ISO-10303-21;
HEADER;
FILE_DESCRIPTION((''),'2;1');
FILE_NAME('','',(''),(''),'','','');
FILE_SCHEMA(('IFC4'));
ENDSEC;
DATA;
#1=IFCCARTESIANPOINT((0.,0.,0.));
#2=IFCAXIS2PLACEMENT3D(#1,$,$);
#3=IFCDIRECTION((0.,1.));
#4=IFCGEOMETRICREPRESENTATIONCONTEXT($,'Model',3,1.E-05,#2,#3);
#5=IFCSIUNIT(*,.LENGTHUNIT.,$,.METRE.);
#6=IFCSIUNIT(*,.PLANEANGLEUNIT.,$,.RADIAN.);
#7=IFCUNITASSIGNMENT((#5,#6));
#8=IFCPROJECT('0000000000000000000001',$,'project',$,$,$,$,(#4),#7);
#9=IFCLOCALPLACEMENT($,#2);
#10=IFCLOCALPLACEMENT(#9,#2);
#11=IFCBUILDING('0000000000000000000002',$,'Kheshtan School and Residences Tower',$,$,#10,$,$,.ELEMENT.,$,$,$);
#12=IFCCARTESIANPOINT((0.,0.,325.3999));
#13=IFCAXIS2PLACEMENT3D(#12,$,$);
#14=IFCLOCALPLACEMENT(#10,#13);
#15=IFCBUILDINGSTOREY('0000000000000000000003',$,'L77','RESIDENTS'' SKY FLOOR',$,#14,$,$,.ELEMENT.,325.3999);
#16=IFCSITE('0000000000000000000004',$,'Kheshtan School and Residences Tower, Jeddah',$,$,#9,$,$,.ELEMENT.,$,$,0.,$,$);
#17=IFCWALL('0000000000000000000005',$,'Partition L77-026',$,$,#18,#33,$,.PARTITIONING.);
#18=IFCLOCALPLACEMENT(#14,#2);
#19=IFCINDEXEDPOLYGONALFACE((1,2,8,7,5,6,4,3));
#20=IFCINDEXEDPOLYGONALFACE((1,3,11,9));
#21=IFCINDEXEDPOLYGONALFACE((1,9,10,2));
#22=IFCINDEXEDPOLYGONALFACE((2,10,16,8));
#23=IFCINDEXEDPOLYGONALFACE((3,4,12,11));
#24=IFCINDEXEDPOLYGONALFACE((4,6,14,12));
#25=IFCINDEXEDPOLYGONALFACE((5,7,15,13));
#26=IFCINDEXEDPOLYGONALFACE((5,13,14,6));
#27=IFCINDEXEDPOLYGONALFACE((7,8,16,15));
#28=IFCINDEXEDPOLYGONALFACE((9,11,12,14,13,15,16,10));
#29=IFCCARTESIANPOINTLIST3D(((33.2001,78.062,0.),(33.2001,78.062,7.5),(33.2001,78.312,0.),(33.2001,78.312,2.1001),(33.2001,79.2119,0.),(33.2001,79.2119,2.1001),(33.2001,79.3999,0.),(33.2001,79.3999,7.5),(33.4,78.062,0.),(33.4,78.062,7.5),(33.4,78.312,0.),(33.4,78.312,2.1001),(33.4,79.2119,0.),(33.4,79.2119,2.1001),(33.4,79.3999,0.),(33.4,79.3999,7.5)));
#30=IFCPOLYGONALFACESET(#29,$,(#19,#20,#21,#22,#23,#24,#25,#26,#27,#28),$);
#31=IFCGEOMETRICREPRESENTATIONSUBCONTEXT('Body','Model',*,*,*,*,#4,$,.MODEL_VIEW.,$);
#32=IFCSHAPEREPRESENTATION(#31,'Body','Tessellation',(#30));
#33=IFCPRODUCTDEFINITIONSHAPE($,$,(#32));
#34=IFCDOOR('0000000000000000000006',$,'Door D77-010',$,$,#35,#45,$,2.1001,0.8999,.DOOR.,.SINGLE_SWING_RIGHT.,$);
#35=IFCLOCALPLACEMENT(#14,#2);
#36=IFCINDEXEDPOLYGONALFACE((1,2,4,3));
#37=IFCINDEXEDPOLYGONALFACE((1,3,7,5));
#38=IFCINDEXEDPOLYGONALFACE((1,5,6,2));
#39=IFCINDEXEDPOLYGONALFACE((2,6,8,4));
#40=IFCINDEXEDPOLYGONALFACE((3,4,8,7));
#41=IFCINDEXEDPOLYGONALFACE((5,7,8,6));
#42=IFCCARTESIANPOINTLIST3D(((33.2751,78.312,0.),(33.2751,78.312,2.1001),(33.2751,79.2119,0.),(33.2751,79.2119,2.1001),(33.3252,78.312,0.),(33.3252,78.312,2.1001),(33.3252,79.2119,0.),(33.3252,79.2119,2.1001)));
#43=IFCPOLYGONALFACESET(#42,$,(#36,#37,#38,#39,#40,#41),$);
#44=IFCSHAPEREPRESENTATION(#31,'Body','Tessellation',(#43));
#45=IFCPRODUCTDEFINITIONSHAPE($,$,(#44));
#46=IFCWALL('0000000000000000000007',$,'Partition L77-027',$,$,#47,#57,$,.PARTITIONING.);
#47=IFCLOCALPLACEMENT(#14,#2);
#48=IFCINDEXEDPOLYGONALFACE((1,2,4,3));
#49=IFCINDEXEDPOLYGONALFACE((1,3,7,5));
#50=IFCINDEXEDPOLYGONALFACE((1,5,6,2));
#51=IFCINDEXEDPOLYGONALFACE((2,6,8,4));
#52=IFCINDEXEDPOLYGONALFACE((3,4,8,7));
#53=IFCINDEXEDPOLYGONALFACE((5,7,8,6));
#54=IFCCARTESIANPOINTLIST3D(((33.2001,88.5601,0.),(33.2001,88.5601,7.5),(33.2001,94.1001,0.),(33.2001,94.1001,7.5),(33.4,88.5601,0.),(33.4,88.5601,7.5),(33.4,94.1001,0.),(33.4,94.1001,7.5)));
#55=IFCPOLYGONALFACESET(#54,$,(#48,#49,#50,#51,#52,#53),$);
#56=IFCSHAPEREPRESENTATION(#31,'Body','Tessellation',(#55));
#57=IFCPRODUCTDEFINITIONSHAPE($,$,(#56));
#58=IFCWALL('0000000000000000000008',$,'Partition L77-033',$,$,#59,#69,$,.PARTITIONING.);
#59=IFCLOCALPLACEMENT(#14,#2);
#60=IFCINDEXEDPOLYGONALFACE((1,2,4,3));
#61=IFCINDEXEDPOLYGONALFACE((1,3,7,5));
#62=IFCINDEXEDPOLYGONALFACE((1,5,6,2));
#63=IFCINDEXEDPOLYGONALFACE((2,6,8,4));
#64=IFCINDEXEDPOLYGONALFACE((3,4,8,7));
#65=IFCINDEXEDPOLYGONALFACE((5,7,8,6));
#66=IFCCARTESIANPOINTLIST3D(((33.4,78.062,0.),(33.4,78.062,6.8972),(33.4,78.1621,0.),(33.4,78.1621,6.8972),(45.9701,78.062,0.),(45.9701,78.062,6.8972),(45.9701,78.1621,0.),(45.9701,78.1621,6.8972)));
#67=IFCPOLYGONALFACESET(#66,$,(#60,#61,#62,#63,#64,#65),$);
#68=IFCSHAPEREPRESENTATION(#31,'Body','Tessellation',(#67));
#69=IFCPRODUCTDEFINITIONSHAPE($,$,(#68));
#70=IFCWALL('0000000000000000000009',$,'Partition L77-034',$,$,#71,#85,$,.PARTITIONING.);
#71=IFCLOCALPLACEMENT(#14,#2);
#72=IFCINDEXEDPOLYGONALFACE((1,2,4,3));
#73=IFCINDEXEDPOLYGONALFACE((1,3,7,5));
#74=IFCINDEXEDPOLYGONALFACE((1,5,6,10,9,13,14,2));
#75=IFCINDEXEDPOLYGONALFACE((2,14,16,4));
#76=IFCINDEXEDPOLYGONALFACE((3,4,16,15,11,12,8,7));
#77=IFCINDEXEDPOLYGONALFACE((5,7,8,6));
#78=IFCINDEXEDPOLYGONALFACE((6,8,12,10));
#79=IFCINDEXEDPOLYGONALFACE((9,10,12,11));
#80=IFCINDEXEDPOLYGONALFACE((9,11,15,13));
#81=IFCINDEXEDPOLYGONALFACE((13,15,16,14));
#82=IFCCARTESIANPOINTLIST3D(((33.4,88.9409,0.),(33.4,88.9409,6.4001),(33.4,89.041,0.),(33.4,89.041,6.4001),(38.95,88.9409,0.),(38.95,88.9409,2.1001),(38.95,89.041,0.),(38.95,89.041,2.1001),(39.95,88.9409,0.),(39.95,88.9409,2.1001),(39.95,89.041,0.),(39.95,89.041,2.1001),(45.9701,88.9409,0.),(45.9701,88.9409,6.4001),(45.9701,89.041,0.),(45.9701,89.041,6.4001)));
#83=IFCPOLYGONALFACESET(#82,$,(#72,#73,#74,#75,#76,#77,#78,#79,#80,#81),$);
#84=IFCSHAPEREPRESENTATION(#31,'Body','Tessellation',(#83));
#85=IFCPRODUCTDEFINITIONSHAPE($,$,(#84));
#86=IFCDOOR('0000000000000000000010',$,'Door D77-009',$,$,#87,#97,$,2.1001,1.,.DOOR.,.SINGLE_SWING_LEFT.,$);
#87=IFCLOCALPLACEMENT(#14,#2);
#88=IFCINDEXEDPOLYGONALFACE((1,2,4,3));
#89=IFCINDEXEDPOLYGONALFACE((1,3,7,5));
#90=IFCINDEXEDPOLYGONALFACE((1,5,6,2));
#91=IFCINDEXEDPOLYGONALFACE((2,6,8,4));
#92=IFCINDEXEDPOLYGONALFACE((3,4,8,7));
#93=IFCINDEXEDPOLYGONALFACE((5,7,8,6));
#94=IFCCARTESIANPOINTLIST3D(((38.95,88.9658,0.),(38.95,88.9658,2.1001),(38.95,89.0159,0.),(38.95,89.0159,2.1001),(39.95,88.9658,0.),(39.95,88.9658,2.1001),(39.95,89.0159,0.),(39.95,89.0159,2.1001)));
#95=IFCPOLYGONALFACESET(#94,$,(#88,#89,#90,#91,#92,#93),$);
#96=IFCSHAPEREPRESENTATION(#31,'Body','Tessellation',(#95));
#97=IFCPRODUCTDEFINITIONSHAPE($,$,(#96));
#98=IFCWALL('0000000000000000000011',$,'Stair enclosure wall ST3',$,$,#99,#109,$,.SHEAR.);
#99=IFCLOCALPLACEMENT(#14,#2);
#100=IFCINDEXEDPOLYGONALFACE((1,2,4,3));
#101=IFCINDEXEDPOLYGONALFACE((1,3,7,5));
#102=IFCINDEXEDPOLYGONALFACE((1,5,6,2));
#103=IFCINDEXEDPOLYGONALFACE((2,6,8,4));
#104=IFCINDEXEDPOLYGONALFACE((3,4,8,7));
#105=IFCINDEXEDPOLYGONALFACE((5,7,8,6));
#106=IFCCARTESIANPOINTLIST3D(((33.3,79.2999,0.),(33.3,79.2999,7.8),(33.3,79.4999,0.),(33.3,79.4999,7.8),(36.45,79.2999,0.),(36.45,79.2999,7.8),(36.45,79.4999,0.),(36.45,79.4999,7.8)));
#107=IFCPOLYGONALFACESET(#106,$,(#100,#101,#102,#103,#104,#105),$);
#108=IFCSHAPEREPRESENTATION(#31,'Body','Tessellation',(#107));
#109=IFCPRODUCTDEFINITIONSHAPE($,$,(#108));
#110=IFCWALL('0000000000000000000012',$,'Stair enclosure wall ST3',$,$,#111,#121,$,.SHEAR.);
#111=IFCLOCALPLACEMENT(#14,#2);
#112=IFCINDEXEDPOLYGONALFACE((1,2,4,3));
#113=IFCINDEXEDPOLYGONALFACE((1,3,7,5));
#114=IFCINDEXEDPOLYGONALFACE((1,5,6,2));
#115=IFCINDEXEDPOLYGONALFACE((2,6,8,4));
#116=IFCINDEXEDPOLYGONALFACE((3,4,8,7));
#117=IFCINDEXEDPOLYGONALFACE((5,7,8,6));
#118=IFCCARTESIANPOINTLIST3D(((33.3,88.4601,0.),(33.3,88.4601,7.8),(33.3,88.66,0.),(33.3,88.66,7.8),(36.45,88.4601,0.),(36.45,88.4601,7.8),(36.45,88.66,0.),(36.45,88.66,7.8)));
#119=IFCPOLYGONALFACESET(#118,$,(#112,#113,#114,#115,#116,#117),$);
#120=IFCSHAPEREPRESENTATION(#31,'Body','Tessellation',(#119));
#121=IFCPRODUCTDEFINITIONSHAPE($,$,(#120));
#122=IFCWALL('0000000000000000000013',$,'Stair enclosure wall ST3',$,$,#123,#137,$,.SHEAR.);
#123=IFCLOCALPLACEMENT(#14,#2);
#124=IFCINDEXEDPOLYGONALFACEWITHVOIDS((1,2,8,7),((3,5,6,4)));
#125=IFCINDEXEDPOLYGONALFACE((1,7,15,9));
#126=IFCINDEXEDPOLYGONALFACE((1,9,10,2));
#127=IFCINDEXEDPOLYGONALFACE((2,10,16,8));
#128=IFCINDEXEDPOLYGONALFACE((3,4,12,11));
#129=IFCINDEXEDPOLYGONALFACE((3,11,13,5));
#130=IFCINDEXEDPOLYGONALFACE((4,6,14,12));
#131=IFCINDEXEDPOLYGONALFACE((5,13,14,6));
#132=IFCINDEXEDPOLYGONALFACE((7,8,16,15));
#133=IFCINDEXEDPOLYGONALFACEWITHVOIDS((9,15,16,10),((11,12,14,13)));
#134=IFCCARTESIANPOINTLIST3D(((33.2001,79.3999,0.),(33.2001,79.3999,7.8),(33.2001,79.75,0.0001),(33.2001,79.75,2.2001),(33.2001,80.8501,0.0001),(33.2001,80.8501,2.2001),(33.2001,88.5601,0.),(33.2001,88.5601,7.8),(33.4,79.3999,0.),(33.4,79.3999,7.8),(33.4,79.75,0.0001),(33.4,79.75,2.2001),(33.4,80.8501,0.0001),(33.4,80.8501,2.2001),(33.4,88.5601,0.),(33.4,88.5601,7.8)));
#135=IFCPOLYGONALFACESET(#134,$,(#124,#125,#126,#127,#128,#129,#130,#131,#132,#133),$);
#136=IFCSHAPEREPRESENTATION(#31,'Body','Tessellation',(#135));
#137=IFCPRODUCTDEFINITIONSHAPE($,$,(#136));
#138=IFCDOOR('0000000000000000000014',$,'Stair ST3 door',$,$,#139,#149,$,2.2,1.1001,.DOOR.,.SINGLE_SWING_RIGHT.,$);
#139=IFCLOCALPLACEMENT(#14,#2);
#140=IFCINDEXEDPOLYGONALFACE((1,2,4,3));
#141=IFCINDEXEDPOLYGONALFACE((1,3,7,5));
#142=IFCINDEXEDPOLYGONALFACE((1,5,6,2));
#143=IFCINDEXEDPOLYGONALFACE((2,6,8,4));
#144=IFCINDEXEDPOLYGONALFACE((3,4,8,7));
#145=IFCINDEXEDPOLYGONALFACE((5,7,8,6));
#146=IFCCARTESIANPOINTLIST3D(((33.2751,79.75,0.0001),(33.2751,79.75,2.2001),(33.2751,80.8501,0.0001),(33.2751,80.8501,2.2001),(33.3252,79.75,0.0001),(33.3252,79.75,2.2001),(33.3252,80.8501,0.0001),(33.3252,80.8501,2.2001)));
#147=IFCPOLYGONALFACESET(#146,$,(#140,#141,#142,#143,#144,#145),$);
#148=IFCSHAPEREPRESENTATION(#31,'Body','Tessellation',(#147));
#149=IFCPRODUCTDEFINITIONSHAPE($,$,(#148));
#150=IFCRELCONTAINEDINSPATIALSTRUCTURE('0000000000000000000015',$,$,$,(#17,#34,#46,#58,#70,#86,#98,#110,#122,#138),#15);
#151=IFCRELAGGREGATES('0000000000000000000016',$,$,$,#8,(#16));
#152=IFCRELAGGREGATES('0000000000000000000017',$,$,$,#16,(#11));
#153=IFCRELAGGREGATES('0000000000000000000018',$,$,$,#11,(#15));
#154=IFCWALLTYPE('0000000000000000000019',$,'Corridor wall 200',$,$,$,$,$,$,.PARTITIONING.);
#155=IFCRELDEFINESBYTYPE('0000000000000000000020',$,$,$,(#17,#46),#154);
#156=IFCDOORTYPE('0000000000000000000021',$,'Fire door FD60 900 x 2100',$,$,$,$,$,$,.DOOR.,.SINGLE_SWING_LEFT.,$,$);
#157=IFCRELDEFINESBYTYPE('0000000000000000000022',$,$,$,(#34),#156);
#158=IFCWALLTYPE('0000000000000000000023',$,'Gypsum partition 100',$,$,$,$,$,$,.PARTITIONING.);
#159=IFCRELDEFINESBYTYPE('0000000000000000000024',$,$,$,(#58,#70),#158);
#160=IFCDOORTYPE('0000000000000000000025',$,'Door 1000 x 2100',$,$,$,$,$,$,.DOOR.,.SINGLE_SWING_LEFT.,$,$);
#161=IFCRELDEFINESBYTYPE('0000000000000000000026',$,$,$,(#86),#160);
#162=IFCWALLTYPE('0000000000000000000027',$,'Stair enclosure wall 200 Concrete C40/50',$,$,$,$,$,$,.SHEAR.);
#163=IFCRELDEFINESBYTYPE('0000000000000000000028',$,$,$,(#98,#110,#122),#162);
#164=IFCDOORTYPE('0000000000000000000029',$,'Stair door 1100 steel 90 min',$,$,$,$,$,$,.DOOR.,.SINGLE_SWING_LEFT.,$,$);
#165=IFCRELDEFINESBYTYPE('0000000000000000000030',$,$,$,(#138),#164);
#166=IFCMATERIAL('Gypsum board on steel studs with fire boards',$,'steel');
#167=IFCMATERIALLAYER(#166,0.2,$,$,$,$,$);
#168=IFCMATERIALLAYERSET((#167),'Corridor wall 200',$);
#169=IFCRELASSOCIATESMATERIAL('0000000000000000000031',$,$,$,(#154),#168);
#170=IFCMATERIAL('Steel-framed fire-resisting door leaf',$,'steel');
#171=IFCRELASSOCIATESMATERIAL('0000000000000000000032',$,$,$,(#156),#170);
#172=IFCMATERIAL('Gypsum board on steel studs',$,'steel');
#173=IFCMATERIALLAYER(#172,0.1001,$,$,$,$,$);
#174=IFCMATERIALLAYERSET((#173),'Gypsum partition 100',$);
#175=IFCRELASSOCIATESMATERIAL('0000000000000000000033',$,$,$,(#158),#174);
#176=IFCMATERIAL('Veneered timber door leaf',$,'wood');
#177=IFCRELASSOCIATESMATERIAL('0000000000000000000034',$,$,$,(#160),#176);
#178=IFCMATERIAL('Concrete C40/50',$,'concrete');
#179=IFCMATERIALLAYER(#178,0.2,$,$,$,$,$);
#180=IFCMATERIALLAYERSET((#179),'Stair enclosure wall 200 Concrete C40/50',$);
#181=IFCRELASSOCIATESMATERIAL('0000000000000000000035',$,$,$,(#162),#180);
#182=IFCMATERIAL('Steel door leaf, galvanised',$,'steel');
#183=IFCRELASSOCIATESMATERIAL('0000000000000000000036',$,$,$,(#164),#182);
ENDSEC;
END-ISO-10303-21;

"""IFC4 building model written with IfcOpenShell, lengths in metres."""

from ifc_helpers import new_model, si_unit, direction, frame, frame_2d, origin, place, context, subcontext, project, spatial, rectangle, extrude, source, transform, mapped, material, layer, layer_set, type_object, element, fill, save


model = new_model("IFC4")

# Units and contexts
model_context = context("Model", 3, precision=1e-05, world=origin(), true_north=direction((0.0, 1.0)))
body_context = subcontext(model_context, "Body", "Model", "MODEL_VIEW")
ifc_project = project(units=[si_unit("LENGTHUNIT", "METRE"), si_unit("PLANEANGLEUNIT", "RADIAN")], contexts=[model_context])

# Site, building, storey
site_placement = place(None, origin())
site = spatial("IfcSite", under=ifc_project, at=site_placement, Name="Kheshtan School and Residences Tower, Jeddah", CompositionType="ELEMENT", RefElevation=0.0)
building_placement = place(site_placement, origin())
building = spatial("IfcBuilding", under=site, at=building_placement, Name="Kheshtan School and Residences Tower", CompositionType="ELEMENT")
storey_placement = place(building_placement, frame((0.0, 0.0, 325.3999)))
storey = spatial("IfcBuildingStorey", under=building, at=storey_placement, Name="L77", Description="RESIDENTS' SKY FLOOR", CompositionType="ELEMENT", Elevation=325.3999)

# Shared definitions
ifc_material_1 = material(Name="Gypsum board on steel studs with fire boards", Category="steel")
ifc_layer_1 = layer(ifc_material_1, 0.2)
ifc_layer_set_1 = layer_set([ifc_layer_1], Name="Corridor wall 200")
wall_type_1 = type_object("IfcWallType", Name="Corridor wall 200", PredefinedType="PARTITIONING", material=ifc_layer_set_1)

# Wall, opening, door
wall_1_placement = place(storey_placement, frame((33.3, 78.062, 0.0), z_axis=(0.0, 0.0, 1.0), x_axis=(0.0, 1.0, 0.0)))
wall_1 = element("IfcWall", 1, at=wall_1_placement, inside=storey, type_object=wall_type_1, Name="Partition L77-026", PredefinedType="PARTITIONING", context=body_context, shape_type="SweptSolid", body=[
    extrude(rectangle(XDim=1.3379, YDim=0.2, at=frame_2d((0.6689, 0.0))), origin(), (0.0, 0.0, 1.0), 7.5),
])
opening_1_placement = place(wall_1_placement, frame((0.25, 0.0, 0.0)))
opening_1 = element("IfcOpeningElement", 2, at=opening_1_placement, cuts=wall_1, PredefinedType="OPENING", context=body_context, shape_type="SweptSolid", body=[
    extrude(rectangle(XDim=0.8999, YDim=2.1001, at=frame_2d((0.45, 1.05))), frame((0.0, 0.1099, 0.0), z_axis=(0.0, -1.0, 0.0), x_axis=(1.0, 0.0, 0.0)), (0.0, 0.0, 1.0), 0.22),
])
ifc_material_2 = material(Name="Steel-framed fire-resisting door leaf", Category="steel")
door_type_1 = type_object("IfcDoorType", Name="Fire door FD60 900 x 2100", OperationType="SINGLE_SWING_LEFT", PredefinedType="DOOR", material=ifc_material_2)
shared_shape_1 = source(origin(), body_context, "Body", "SweptSolid", [
    extrude(rectangle(XDim=0.8999, YDim=2.1001, at=frame_2d((0.45, 1.05))), frame((0.0, 0.0249, 0.0), z_axis=(0.0, -1.0, 0.0), x_axis=(1.0, 0.0, 0.0)), (0.0, 0.0, 1.0), 0.05),
])
door_1_placement = place(opening_1_placement, origin())
door_1 = element("IfcDoor", 3, at=door_1_placement, inside=storey, type_object=door_type_1, Name="Door D77-010", OperationType="SINGLE_SWING_RIGHT", OverallHeight=2.1001, OverallWidth=0.8999, PredefinedType="DOOR", context=body_context, shape_type="MappedRepresentation", body=[
    mapped(shared_shape_1, transform((0.0, 0.0, 0.0), x_axis=(1.0, 0.0, 0.0), y_axis=(0.0, 1.0, 0.0), z_axis=(0.0, 0.0, 1.0), scale=1.0)),
])
fill(opening_1, door_1)

# Walls
wall_2_placement = place(storey_placement, frame((33.3, 88.5601, 0.0), z_axis=(0.0, 0.0, 1.0), x_axis=(0.0, 1.0, 0.0)))
element("IfcWall", 4, at=wall_2_placement, inside=storey, type_object=wall_type_1, Name="Partition L77-027", PredefinedType="PARTITIONING", context=body_context, shape_type="SweptSolid", body=[
    extrude(rectangle(XDim=5.54, YDim=0.2, at=frame_2d((2.77, 0.0))), origin(), (0.0, 0.0, 1.0), 7.5),
])
ifc_material_3 = material(Name="Gypsum board on steel studs", Category="steel")
ifc_layer_2 = layer(ifc_material_3, 0.1001)
ifc_layer_set_2 = layer_set([ifc_layer_2], Name="Gypsum partition 100")
wall_type_2 = type_object("IfcWallType", Name="Gypsum partition 100", PredefinedType="PARTITIONING", material=ifc_layer_set_2)
wall_3_placement = place(storey_placement, frame((33.3999, 78.1121, 0.0), z_axis=(0.0, 0.0, 1.0), x_axis=(1.0, 0.0, 0.0)))
element("IfcWall", 5, at=wall_3_placement, inside=storey, type_object=wall_type_2, Name="Partition L77-033", PredefinedType="PARTITIONING", context=body_context, shape_type="SweptSolid", body=[
    extrude(rectangle(XDim=12.5701, YDim=0.1001, at=frame_2d((6.2852, 0.0))), origin(), (0.0, 0.0, 1.0), 6.8972),
])

# Wall, opening, door
wall_4_placement = place(storey_placement, frame((33.3999, 88.991, 0.0), z_axis=(0.0, 0.0, 1.0), x_axis=(1.0, 0.0, 0.0)))
wall_4 = element("IfcWall", 6, at=wall_4_placement, inside=storey, type_object=wall_type_2, Name="Partition L77-034", PredefinedType="PARTITIONING", context=body_context, shape_type="SweptSolid", body=[
    extrude(rectangle(XDim=12.5701, YDim=0.1001, at=frame_2d((6.2852, 0.0))), origin(), (0.0, 0.0, 1.0), 6.4001),
])
opening_2_placement = place(wall_4_placement, frame((5.55, 0.0, 0.0)))
opening_2 = element("IfcOpeningElement", 7, at=opening_2_placement, cuts=wall_4, PredefinedType="OPENING", context=body_context, shape_type="SweptSolid", body=[
    extrude(rectangle(XDim=1.0, YDim=2.1001, at=frame_2d((0.5, 1.05))), frame((0.0, 0.0601, 0.0), z_axis=(0.0, -1.0, 0.0), x_axis=(1.0, 0.0, 0.0)), (0.0, 0.0, 1.0), 0.1201),
])
ifc_material_4 = material(Name="Veneered timber door leaf", Category="wood")
door_type_2 = type_object("IfcDoorType", Name="Door 1000 x 2100", OperationType="SINGLE_SWING_LEFT", PredefinedType="DOOR", material=ifc_material_4)
shared_shape_2 = source(origin(), body_context, "Body", "SweptSolid", [
    extrude(rectangle(XDim=1.0, YDim=2.1001, at=frame_2d((0.5, 1.05))), frame((0.0, 0.0249, 0.0), z_axis=(0.0, -1.0, 0.0), x_axis=(1.0, 0.0, 0.0)), (0.0, 0.0, 1.0), 0.05),
])
door_2_placement = place(opening_2_placement, origin())
door_2 = element("IfcDoor", 8, at=door_2_placement, inside=storey, type_object=door_type_2, Name="Door D77-009", OperationType="SINGLE_SWING_LEFT", OverallHeight=2.1001, OverallWidth=1.0, PredefinedType="DOOR", context=body_context, shape_type="MappedRepresentation", body=[
    mapped(shared_shape_2, transform((0.0, 0.0, 0.0), x_axis=(1.0, 0.0, 0.0), y_axis=(0.0, 1.0, 0.0), z_axis=(0.0, 0.0, 1.0), scale=1.0)),
])
fill(opening_2, door_2)

# Walls
ifc_material_5 = material(Name="Concrete C40/50", Category="concrete")
ifc_layer_3 = layer(ifc_material_5, 0.2)
ifc_layer_set_3 = layer_set([ifc_layer_3], Name="Stair enclosure wall 200 Concrete C40/50")
wall_type_3 = type_object("IfcWallType", Name="Stair enclosure wall 200 Concrete C40/50", PredefinedType="SHEAR", material=ifc_layer_set_3)
for number, where, z_axis, x_axis, name in (
    (9, (33.3, 79.3999, 0.0), (0.0, 0.0, 1.0), (1.0, 0.0, 0.0), "Stair enclosure wall ST3"),
    (10, (33.3, 88.5601, 0.0), (0.0, 0.0, 1.0), (1.0, 0.0, 0.0), "Stair enclosure wall ST3"),
):
    element("IfcWall", number, at=place(storey_placement, frame(where, z_axis=z_axis, x_axis=x_axis)), inside=storey, type_object=wall_type_3, Name=name, PredefinedType="SHEAR", context=body_context, shape_type="SweptSolid", body=[
        extrude(rectangle(XDim=3.1499, YDim=0.2, at=frame_2d((1.575, 0.0))), origin(), (0.0, 0.0, 1.0), 7.8),
    ])

# Wall, opening, door
wall_5_placement = place(storey_placement, frame((33.3, 79.3999, 0.0), z_axis=(0.0, 0.0, 1.0), x_axis=(0.0, 1.0, 0.0)))
wall_5 = element("IfcWall", 11, at=wall_5_placement, inside=storey, type_object=wall_type_3, Name="Stair enclosure wall ST3", PredefinedType="SHEAR", context=body_context, shape_type="SweptSolid", body=[
    extrude(rectangle(XDim=9.1602, YDim=0.2, at=frame_2d((4.5801, 0.0))), origin(), (0.0, 0.0, 1.0), 7.8),
])
opening_3_placement = place(wall_5_placement, frame((0.3501, 0.0, 0.0)))
opening_3 = element("IfcOpeningElement", 12, at=opening_3_placement, cuts=wall_5, PredefinedType="OPENING", context=body_context, shape_type="SweptSolid", body=[
    extrude(rectangle(XDim=1.1001, YDim=2.2, at=frame_2d((0.55, 1.1001))), frame((0.0, 0.1099, 0.0), z_axis=(0.0, -1.0, 0.0), x_axis=(1.0, 0.0, 0.0)), (0.0, 0.0, 1.0), 0.22),
])
ifc_material_6 = material(Name="Steel door leaf, galvanised", Category="steel")
door_type_3 = type_object("IfcDoorType", Name="Stair door 1100 steel 90 min", OperationType="SINGLE_SWING_LEFT", PredefinedType="DOOR", material=ifc_material_6)
shared_shape_3 = source(origin(), body_context, "Body", "SweptSolid", [
    extrude(rectangle(XDim=1.1001, YDim=2.2, at=frame_2d((0.55, 1.1001))), frame((0.0, 0.0249, 0.0), z_axis=(0.0, -1.0, 0.0), x_axis=(1.0, 0.0, 0.0)), (0.0, 0.0, 1.0), 0.05),
])
door_3_placement = place(opening_3_placement, origin())
door_3 = element("IfcDoor", 13, at=door_3_placement, inside=storey, type_object=door_type_3, Name="Stair ST3 door", OperationType="SINGLE_SWING_RIGHT", OverallHeight=2.2, OverallWidth=1.1001, PredefinedType="DOOR", context=body_context, shape_type="MappedRepresentation", body=[
    mapped(shared_shape_3, transform((0.0, 0.0, 0.0), x_axis=(1.0, 0.0, 0.0), y_axis=(0.0, 1.0, 0.0), z_axis=(0.0, 0.0, 1.0), scale=1.0)),
])
fill(opening_3, door_3)

save(model, "model.ifc")
